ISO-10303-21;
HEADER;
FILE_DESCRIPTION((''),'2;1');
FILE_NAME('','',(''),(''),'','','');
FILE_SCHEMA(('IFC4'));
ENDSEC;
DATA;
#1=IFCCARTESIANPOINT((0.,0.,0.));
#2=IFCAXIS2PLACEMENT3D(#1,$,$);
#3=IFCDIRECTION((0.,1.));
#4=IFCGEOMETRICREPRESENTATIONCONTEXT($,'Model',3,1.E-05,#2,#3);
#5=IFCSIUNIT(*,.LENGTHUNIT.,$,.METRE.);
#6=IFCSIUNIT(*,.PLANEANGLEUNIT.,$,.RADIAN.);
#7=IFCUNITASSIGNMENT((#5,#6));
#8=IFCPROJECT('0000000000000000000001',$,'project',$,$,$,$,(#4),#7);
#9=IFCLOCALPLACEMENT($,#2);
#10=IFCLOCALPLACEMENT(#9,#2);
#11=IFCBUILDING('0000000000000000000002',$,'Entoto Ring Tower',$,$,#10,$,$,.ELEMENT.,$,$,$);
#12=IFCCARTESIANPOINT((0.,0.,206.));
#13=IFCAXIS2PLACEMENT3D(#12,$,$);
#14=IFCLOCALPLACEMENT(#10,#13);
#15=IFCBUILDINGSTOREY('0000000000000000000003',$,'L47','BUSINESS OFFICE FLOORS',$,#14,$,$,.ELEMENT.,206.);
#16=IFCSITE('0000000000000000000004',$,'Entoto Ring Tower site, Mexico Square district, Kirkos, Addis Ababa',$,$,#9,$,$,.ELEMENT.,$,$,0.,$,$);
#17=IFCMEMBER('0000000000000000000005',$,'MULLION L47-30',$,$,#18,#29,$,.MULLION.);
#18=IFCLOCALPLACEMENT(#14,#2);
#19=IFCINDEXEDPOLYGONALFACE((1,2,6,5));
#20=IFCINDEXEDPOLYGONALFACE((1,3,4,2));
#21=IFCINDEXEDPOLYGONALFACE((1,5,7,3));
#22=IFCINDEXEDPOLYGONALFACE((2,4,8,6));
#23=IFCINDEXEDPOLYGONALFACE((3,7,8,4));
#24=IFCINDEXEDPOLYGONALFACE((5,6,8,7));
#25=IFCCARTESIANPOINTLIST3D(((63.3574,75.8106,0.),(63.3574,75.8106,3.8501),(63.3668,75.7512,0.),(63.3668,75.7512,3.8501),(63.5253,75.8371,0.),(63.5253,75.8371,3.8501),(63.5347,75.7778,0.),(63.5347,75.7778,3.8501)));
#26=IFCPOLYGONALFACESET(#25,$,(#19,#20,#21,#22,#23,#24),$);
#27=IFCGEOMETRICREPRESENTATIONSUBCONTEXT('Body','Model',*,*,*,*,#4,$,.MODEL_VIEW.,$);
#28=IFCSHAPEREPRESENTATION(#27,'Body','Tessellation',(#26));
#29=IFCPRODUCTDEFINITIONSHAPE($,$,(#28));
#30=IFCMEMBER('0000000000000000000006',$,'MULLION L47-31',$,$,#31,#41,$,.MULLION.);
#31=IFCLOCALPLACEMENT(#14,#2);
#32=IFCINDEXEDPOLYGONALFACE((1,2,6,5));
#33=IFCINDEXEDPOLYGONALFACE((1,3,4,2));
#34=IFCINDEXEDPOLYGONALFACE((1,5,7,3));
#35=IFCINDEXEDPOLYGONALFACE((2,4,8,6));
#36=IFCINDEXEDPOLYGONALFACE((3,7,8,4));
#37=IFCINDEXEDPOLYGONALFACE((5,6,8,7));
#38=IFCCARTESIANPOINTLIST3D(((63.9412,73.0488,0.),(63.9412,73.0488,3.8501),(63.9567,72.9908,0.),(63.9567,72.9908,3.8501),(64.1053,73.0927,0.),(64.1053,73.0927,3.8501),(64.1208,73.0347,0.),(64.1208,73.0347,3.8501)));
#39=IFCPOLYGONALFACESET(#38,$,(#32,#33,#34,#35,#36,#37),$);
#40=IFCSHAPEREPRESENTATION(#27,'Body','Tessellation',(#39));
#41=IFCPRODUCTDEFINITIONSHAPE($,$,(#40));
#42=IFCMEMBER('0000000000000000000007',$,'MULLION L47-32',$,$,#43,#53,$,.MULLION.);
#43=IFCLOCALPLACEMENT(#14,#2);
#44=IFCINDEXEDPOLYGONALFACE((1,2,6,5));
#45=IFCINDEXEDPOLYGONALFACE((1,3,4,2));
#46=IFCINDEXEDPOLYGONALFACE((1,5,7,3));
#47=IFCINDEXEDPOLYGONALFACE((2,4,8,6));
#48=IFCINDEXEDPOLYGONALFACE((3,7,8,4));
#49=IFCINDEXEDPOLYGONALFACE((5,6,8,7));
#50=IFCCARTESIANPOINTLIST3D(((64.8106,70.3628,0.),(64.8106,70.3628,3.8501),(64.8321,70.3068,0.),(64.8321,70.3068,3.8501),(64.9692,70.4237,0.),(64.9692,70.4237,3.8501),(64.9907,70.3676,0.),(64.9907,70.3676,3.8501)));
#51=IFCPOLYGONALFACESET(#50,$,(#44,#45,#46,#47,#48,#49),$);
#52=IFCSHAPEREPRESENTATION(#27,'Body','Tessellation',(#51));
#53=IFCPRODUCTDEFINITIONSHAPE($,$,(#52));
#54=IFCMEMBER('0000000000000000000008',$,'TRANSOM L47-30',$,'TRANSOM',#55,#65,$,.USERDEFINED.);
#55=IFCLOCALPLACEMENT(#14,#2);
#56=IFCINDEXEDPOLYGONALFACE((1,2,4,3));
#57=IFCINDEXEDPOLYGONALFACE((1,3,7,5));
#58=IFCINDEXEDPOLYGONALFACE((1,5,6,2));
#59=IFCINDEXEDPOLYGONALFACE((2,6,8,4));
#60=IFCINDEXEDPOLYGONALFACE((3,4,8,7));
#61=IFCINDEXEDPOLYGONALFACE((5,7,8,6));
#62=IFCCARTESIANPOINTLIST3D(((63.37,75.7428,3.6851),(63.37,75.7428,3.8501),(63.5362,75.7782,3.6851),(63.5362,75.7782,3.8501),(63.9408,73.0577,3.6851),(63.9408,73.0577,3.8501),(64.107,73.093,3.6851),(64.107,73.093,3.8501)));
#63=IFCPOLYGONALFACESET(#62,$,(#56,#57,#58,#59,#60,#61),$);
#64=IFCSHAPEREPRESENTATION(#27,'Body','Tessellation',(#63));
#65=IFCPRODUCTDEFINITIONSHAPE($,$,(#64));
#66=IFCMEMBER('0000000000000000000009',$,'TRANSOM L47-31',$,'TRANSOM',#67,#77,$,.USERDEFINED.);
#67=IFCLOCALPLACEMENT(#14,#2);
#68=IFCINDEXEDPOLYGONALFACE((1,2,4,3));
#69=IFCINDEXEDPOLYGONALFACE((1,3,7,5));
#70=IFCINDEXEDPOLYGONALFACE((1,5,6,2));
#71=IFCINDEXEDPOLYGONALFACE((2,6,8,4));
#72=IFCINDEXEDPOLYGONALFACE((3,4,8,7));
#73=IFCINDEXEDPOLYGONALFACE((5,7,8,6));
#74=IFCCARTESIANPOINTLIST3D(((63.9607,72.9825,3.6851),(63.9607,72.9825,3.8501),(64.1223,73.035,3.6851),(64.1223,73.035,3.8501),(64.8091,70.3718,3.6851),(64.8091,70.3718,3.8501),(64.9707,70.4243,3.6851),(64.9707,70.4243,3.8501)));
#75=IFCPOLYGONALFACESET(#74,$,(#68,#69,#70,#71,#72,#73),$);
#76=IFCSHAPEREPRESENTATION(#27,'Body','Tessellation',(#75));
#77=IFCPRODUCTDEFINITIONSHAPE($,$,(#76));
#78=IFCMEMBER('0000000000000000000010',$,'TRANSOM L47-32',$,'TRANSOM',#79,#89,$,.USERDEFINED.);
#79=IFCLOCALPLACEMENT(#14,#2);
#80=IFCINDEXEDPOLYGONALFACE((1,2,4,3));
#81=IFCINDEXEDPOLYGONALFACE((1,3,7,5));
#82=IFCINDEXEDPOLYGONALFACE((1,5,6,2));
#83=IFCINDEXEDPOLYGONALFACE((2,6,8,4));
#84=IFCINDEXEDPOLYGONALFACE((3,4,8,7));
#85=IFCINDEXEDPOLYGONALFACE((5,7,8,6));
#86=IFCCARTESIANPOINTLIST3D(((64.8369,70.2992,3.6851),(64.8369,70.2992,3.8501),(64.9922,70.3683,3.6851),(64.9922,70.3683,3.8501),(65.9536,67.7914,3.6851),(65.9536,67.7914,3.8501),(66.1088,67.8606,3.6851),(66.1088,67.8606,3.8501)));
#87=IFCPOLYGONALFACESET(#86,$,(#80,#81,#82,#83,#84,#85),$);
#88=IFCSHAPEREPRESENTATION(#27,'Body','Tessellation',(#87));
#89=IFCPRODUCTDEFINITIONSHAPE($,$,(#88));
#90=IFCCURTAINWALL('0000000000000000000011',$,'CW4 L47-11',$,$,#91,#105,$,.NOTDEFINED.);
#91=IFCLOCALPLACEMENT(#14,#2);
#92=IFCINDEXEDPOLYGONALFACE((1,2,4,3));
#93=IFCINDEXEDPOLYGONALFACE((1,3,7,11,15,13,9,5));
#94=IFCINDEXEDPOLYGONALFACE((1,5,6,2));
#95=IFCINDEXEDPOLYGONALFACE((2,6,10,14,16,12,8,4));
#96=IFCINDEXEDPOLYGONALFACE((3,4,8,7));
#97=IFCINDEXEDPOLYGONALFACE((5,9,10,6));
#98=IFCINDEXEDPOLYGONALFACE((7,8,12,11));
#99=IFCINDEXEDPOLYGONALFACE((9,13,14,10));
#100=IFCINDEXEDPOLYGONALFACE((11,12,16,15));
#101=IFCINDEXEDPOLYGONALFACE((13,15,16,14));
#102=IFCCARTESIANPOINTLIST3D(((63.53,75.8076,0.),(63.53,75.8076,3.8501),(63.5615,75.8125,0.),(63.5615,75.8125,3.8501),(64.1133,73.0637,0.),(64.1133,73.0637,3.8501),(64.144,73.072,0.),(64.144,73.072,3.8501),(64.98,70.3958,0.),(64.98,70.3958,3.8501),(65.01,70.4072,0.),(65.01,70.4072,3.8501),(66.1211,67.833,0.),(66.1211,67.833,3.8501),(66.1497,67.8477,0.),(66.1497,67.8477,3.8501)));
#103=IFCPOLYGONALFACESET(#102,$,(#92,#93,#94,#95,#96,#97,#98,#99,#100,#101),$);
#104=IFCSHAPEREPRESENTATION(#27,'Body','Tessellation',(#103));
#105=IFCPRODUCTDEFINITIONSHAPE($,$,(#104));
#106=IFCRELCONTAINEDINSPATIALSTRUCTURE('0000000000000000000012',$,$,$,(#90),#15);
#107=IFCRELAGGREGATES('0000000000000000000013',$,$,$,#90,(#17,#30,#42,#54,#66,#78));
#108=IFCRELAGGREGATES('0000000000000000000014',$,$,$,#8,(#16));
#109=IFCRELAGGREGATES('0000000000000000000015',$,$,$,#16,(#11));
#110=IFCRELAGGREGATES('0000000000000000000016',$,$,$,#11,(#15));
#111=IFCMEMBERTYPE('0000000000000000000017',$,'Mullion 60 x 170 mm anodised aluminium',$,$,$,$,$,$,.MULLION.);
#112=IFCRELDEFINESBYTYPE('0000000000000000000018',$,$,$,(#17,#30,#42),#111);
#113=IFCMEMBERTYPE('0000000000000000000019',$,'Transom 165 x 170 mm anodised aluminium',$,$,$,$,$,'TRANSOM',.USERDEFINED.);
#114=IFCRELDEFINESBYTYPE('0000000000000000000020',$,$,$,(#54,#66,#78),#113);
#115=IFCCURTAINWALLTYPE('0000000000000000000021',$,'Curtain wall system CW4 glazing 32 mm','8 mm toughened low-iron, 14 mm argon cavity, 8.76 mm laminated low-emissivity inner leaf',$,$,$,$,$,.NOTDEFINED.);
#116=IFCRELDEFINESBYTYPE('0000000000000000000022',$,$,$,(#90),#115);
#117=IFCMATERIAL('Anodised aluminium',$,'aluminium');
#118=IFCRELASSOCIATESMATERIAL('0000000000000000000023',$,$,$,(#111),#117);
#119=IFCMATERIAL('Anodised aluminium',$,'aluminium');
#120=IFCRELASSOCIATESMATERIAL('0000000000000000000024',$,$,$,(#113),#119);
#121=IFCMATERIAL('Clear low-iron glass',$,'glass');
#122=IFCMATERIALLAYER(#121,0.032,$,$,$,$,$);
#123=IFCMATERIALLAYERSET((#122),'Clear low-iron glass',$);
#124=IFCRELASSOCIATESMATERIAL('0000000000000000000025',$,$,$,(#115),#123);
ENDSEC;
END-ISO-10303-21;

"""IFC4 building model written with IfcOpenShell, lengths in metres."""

from ifc_helpers import new_model, si_unit, direction, frame, origin, origin_2d, place, context, subcontext, project, spatial, polyline, rectangle, outline, extrude, material, layer, layer_set, material_profile, profile_set, type_object, element, aggregate, save


model = new_model("IFC4")

# Units and contexts
model_context = context("Model", 3, precision=1e-05, world=origin(), true_north=direction((0.0, 1.0)))
body_context = subcontext(model_context, "Body", "Model", "MODEL_VIEW")
ifc_project = project(units=[si_unit("LENGTHUNIT", "METRE"), si_unit("PLANEANGLEUNIT", "RADIAN")], contexts=[model_context])

# Members
ifc_material_1 = material(Name="Anodised aluminium", Category="aluminium")
ifc_material_profile_1 = material_profile(ifc_material_1, rectangle(XDim=0.0601, YDim=0.1699, at=origin_2d()), Name="Mullion 60 x 170 mm anodised aluminium")
ifc_profile_set_1 = profile_set([ifc_material_profile_1], Name="Anodised aluminium")
member_type_1 = type_object("IfcMemberType", Name="Mullion 60 x 170 mm anodised aluminium", PredefinedType="MULLION", material=ifc_profile_set_1)
site_placement = place(None, origin())
building_placement = place(site_placement, origin())
storey_placement = place(building_placement, frame((0.0, 0.0, 206.0)))
member_1_placement = place(storey_placement, frame((63.446, 75.7942, 0.0), z_axis=(0.0, 0.0, 1.0), x_axis=(0.156434, -0.987688, 0.0)))
member_1 = element("IfcMember", 1, at=member_1_placement, type_object=member_type_1, Name="MULLION L47-30", PredefinedType="MULLION", context=body_context, shape_type="SweptSolid", body=[
    extrude(rectangle(XDim=0.0601, YDim=0.1699, at=origin_2d()), origin(), (0.0, 0.0, 1.0), 3.8501),
])
member_2_placement = place(storey_placement, frame((64.031, 73.0417, 0.0), z_axis=(0.0, 0.0, 1.0), x_axis=(0.258819, -0.965926, 0.0)))
member_2 = element("IfcMember", 2, at=member_2_placement, type_object=member_type_1, Name="MULLION L47-31", PredefinedType="MULLION", context=body_context, shape_type="SweptSolid", body=[
    extrude(rectangle(XDim=0.0601, YDim=0.1699, at=origin_2d()), origin(), (0.0, 0.0, 1.0), 3.8501),
])
member_3_placement = place(storey_placement, frame((64.9006, 70.3652, 0.0), z_axis=(0.0, 0.0, 1.0), x_axis=(0.358368, -0.93358, 0.0)))
member_3 = element("IfcMember", 3, at=member_3_placement, type_object=member_type_1, Name="MULLION L47-32", PredefinedType="MULLION", context=body_context, shape_type="SweptSolid", body=[
    extrude(rectangle(XDim=0.0601, YDim=0.1699, at=origin_2d()), origin(), (0.0, 0.0, 1.0), 3.8501),
])
ifc_material_2 = material(Name="Anodised aluminium", Category="aluminium")
ifc_material_profile_2 = material_profile(ifc_material_2, rectangle(XDim=0.1699, YDim=0.165, at=origin_2d()), Name="Transom 165 x 170 mm anodised aluminium")
ifc_profile_set_2 = profile_set([ifc_material_profile_2], Name="Anodised aluminium")
member_type_2 = type_object("IfcMemberType", Name="Transom 165 x 170 mm anodised aluminium", ElementType="TRANSOM", PredefinedType="USERDEFINED", material=ifc_profile_set_2)
member_4_placement = place(storey_placement, frame((63.4531, 75.7605, 3.7676), z_axis=(0.207937, -0.978142, 0.0), x_axis=(0.978142, 0.207937, 0.0)))
member_4 = element("IfcMember", 4, at=member_4_placement, type_object=member_type_2, Name="TRANSOM L47-30", ObjectType="TRANSOM", PredefinedType="USERDEFINED", context=body_context, shape_type="SweptSolid", body=[
    extrude(rectangle(XDim=0.1699, YDim=0.165, at=origin_2d()), origin(), (0.0, 0.0, 1.0), 2.7451),
])
member_5_placement = place(storey_placement, frame((64.0415, 73.0088, 3.7676), z_axis=(0.309042, -0.951048, 0.0), x_axis=(0.951048, 0.309042, 0.0)))
member_5 = element("IfcMember", 5, at=member_5_placement, type_object=member_type_2, Name="TRANSOM L47-31", ObjectType="TRANSOM", PredefinedType="USERDEFINED", context=body_context, shape_type="SweptSolid", body=[
    extrude(rectangle(XDim=0.1699, YDim=0.165, at=origin_2d()), origin(), (0.0, 0.0, 1.0), 2.7451),
])
member_6_placement = place(storey_placement, frame((64.9146, 70.3337, 3.7676), z_axis=(0.406782, -0.913525, 0.0), x_axis=(0.913525, 0.406782, 0.0)))
member_6 = element("IfcMember", 6, at=member_6_placement, type_object=member_type_2, Name="TRANSOM L47-32", ObjectType="TRANSOM", PredefinedType="USERDEFINED", context=body_context, shape_type="SweptSolid", body=[
    extrude(rectangle(XDim=0.1699, YDim=0.165, at=origin_2d()), origin(), (0.0, 0.0, 1.0), 2.7451),
])

# Site, building, storey
site = spatial("IfcSite", under=ifc_project, at=site_placement, Name="Entoto Ring Tower site, Mexico Square district, Kirkos, Addis Ababa", CompositionType="ELEMENT", RefElevation=0.0)
building = spatial("IfcBuilding", under=site, at=building_placement, Name="Entoto Ring Tower", CompositionType="ELEMENT")
storey = spatial("IfcBuildingStorey", under=building, at=storey_placement, Name="L47", Description="BUSINESS OFFICE FLOORS", CompositionType="ELEMENT", Elevation=206.0)

# Curtain wall
ifc_material_3 = material(Name="Clear low-iron glass", Category="glass")
ifc_layer = layer(ifc_material_3, 0.032)
ifc_layer_set = layer_set([ifc_layer], Name="Clear low-iron glass")
curtain_wall_type = type_object("IfcCurtainWallType", Name="Curtain wall system CW4 glazing 32 mm", Description="8 mm toughened low-iron, 14 mm argon cavity, 8.76 mm laminated low-emissivity inner leaf", PredefinedType="NOTDEFINED", material=ifc_layer_set)
curtain_wall_1_placement = place(storey_placement, origin())
curtain_wall_1 = element("IfcCurtainWall", 7, at=curtain_wall_1_placement, inside=storey, type_object=curtain_wall_type, Name="CW4 L47-11", PredefinedType="NOTDEFINED", context=body_context, shape_type="SweptSolid", body=[
    extrude(outline(polyline([(63.53, 75.8076), (64.1133, 73.0637), (64.98, 70.3958), (66.1211, 67.833), (66.1497, 67.8477), (65.01, 70.4072), (64.144, 73.072), (63.5615, 75.8125), (63.53, 75.8076)])), origin(), (0.0, 0.0, 1.0), 3.8501),
])
aggregate(curtain_wall_1, [member_1, member_2, member_3, member_4, member_5, member_6])

save(model, "model.ifc")
